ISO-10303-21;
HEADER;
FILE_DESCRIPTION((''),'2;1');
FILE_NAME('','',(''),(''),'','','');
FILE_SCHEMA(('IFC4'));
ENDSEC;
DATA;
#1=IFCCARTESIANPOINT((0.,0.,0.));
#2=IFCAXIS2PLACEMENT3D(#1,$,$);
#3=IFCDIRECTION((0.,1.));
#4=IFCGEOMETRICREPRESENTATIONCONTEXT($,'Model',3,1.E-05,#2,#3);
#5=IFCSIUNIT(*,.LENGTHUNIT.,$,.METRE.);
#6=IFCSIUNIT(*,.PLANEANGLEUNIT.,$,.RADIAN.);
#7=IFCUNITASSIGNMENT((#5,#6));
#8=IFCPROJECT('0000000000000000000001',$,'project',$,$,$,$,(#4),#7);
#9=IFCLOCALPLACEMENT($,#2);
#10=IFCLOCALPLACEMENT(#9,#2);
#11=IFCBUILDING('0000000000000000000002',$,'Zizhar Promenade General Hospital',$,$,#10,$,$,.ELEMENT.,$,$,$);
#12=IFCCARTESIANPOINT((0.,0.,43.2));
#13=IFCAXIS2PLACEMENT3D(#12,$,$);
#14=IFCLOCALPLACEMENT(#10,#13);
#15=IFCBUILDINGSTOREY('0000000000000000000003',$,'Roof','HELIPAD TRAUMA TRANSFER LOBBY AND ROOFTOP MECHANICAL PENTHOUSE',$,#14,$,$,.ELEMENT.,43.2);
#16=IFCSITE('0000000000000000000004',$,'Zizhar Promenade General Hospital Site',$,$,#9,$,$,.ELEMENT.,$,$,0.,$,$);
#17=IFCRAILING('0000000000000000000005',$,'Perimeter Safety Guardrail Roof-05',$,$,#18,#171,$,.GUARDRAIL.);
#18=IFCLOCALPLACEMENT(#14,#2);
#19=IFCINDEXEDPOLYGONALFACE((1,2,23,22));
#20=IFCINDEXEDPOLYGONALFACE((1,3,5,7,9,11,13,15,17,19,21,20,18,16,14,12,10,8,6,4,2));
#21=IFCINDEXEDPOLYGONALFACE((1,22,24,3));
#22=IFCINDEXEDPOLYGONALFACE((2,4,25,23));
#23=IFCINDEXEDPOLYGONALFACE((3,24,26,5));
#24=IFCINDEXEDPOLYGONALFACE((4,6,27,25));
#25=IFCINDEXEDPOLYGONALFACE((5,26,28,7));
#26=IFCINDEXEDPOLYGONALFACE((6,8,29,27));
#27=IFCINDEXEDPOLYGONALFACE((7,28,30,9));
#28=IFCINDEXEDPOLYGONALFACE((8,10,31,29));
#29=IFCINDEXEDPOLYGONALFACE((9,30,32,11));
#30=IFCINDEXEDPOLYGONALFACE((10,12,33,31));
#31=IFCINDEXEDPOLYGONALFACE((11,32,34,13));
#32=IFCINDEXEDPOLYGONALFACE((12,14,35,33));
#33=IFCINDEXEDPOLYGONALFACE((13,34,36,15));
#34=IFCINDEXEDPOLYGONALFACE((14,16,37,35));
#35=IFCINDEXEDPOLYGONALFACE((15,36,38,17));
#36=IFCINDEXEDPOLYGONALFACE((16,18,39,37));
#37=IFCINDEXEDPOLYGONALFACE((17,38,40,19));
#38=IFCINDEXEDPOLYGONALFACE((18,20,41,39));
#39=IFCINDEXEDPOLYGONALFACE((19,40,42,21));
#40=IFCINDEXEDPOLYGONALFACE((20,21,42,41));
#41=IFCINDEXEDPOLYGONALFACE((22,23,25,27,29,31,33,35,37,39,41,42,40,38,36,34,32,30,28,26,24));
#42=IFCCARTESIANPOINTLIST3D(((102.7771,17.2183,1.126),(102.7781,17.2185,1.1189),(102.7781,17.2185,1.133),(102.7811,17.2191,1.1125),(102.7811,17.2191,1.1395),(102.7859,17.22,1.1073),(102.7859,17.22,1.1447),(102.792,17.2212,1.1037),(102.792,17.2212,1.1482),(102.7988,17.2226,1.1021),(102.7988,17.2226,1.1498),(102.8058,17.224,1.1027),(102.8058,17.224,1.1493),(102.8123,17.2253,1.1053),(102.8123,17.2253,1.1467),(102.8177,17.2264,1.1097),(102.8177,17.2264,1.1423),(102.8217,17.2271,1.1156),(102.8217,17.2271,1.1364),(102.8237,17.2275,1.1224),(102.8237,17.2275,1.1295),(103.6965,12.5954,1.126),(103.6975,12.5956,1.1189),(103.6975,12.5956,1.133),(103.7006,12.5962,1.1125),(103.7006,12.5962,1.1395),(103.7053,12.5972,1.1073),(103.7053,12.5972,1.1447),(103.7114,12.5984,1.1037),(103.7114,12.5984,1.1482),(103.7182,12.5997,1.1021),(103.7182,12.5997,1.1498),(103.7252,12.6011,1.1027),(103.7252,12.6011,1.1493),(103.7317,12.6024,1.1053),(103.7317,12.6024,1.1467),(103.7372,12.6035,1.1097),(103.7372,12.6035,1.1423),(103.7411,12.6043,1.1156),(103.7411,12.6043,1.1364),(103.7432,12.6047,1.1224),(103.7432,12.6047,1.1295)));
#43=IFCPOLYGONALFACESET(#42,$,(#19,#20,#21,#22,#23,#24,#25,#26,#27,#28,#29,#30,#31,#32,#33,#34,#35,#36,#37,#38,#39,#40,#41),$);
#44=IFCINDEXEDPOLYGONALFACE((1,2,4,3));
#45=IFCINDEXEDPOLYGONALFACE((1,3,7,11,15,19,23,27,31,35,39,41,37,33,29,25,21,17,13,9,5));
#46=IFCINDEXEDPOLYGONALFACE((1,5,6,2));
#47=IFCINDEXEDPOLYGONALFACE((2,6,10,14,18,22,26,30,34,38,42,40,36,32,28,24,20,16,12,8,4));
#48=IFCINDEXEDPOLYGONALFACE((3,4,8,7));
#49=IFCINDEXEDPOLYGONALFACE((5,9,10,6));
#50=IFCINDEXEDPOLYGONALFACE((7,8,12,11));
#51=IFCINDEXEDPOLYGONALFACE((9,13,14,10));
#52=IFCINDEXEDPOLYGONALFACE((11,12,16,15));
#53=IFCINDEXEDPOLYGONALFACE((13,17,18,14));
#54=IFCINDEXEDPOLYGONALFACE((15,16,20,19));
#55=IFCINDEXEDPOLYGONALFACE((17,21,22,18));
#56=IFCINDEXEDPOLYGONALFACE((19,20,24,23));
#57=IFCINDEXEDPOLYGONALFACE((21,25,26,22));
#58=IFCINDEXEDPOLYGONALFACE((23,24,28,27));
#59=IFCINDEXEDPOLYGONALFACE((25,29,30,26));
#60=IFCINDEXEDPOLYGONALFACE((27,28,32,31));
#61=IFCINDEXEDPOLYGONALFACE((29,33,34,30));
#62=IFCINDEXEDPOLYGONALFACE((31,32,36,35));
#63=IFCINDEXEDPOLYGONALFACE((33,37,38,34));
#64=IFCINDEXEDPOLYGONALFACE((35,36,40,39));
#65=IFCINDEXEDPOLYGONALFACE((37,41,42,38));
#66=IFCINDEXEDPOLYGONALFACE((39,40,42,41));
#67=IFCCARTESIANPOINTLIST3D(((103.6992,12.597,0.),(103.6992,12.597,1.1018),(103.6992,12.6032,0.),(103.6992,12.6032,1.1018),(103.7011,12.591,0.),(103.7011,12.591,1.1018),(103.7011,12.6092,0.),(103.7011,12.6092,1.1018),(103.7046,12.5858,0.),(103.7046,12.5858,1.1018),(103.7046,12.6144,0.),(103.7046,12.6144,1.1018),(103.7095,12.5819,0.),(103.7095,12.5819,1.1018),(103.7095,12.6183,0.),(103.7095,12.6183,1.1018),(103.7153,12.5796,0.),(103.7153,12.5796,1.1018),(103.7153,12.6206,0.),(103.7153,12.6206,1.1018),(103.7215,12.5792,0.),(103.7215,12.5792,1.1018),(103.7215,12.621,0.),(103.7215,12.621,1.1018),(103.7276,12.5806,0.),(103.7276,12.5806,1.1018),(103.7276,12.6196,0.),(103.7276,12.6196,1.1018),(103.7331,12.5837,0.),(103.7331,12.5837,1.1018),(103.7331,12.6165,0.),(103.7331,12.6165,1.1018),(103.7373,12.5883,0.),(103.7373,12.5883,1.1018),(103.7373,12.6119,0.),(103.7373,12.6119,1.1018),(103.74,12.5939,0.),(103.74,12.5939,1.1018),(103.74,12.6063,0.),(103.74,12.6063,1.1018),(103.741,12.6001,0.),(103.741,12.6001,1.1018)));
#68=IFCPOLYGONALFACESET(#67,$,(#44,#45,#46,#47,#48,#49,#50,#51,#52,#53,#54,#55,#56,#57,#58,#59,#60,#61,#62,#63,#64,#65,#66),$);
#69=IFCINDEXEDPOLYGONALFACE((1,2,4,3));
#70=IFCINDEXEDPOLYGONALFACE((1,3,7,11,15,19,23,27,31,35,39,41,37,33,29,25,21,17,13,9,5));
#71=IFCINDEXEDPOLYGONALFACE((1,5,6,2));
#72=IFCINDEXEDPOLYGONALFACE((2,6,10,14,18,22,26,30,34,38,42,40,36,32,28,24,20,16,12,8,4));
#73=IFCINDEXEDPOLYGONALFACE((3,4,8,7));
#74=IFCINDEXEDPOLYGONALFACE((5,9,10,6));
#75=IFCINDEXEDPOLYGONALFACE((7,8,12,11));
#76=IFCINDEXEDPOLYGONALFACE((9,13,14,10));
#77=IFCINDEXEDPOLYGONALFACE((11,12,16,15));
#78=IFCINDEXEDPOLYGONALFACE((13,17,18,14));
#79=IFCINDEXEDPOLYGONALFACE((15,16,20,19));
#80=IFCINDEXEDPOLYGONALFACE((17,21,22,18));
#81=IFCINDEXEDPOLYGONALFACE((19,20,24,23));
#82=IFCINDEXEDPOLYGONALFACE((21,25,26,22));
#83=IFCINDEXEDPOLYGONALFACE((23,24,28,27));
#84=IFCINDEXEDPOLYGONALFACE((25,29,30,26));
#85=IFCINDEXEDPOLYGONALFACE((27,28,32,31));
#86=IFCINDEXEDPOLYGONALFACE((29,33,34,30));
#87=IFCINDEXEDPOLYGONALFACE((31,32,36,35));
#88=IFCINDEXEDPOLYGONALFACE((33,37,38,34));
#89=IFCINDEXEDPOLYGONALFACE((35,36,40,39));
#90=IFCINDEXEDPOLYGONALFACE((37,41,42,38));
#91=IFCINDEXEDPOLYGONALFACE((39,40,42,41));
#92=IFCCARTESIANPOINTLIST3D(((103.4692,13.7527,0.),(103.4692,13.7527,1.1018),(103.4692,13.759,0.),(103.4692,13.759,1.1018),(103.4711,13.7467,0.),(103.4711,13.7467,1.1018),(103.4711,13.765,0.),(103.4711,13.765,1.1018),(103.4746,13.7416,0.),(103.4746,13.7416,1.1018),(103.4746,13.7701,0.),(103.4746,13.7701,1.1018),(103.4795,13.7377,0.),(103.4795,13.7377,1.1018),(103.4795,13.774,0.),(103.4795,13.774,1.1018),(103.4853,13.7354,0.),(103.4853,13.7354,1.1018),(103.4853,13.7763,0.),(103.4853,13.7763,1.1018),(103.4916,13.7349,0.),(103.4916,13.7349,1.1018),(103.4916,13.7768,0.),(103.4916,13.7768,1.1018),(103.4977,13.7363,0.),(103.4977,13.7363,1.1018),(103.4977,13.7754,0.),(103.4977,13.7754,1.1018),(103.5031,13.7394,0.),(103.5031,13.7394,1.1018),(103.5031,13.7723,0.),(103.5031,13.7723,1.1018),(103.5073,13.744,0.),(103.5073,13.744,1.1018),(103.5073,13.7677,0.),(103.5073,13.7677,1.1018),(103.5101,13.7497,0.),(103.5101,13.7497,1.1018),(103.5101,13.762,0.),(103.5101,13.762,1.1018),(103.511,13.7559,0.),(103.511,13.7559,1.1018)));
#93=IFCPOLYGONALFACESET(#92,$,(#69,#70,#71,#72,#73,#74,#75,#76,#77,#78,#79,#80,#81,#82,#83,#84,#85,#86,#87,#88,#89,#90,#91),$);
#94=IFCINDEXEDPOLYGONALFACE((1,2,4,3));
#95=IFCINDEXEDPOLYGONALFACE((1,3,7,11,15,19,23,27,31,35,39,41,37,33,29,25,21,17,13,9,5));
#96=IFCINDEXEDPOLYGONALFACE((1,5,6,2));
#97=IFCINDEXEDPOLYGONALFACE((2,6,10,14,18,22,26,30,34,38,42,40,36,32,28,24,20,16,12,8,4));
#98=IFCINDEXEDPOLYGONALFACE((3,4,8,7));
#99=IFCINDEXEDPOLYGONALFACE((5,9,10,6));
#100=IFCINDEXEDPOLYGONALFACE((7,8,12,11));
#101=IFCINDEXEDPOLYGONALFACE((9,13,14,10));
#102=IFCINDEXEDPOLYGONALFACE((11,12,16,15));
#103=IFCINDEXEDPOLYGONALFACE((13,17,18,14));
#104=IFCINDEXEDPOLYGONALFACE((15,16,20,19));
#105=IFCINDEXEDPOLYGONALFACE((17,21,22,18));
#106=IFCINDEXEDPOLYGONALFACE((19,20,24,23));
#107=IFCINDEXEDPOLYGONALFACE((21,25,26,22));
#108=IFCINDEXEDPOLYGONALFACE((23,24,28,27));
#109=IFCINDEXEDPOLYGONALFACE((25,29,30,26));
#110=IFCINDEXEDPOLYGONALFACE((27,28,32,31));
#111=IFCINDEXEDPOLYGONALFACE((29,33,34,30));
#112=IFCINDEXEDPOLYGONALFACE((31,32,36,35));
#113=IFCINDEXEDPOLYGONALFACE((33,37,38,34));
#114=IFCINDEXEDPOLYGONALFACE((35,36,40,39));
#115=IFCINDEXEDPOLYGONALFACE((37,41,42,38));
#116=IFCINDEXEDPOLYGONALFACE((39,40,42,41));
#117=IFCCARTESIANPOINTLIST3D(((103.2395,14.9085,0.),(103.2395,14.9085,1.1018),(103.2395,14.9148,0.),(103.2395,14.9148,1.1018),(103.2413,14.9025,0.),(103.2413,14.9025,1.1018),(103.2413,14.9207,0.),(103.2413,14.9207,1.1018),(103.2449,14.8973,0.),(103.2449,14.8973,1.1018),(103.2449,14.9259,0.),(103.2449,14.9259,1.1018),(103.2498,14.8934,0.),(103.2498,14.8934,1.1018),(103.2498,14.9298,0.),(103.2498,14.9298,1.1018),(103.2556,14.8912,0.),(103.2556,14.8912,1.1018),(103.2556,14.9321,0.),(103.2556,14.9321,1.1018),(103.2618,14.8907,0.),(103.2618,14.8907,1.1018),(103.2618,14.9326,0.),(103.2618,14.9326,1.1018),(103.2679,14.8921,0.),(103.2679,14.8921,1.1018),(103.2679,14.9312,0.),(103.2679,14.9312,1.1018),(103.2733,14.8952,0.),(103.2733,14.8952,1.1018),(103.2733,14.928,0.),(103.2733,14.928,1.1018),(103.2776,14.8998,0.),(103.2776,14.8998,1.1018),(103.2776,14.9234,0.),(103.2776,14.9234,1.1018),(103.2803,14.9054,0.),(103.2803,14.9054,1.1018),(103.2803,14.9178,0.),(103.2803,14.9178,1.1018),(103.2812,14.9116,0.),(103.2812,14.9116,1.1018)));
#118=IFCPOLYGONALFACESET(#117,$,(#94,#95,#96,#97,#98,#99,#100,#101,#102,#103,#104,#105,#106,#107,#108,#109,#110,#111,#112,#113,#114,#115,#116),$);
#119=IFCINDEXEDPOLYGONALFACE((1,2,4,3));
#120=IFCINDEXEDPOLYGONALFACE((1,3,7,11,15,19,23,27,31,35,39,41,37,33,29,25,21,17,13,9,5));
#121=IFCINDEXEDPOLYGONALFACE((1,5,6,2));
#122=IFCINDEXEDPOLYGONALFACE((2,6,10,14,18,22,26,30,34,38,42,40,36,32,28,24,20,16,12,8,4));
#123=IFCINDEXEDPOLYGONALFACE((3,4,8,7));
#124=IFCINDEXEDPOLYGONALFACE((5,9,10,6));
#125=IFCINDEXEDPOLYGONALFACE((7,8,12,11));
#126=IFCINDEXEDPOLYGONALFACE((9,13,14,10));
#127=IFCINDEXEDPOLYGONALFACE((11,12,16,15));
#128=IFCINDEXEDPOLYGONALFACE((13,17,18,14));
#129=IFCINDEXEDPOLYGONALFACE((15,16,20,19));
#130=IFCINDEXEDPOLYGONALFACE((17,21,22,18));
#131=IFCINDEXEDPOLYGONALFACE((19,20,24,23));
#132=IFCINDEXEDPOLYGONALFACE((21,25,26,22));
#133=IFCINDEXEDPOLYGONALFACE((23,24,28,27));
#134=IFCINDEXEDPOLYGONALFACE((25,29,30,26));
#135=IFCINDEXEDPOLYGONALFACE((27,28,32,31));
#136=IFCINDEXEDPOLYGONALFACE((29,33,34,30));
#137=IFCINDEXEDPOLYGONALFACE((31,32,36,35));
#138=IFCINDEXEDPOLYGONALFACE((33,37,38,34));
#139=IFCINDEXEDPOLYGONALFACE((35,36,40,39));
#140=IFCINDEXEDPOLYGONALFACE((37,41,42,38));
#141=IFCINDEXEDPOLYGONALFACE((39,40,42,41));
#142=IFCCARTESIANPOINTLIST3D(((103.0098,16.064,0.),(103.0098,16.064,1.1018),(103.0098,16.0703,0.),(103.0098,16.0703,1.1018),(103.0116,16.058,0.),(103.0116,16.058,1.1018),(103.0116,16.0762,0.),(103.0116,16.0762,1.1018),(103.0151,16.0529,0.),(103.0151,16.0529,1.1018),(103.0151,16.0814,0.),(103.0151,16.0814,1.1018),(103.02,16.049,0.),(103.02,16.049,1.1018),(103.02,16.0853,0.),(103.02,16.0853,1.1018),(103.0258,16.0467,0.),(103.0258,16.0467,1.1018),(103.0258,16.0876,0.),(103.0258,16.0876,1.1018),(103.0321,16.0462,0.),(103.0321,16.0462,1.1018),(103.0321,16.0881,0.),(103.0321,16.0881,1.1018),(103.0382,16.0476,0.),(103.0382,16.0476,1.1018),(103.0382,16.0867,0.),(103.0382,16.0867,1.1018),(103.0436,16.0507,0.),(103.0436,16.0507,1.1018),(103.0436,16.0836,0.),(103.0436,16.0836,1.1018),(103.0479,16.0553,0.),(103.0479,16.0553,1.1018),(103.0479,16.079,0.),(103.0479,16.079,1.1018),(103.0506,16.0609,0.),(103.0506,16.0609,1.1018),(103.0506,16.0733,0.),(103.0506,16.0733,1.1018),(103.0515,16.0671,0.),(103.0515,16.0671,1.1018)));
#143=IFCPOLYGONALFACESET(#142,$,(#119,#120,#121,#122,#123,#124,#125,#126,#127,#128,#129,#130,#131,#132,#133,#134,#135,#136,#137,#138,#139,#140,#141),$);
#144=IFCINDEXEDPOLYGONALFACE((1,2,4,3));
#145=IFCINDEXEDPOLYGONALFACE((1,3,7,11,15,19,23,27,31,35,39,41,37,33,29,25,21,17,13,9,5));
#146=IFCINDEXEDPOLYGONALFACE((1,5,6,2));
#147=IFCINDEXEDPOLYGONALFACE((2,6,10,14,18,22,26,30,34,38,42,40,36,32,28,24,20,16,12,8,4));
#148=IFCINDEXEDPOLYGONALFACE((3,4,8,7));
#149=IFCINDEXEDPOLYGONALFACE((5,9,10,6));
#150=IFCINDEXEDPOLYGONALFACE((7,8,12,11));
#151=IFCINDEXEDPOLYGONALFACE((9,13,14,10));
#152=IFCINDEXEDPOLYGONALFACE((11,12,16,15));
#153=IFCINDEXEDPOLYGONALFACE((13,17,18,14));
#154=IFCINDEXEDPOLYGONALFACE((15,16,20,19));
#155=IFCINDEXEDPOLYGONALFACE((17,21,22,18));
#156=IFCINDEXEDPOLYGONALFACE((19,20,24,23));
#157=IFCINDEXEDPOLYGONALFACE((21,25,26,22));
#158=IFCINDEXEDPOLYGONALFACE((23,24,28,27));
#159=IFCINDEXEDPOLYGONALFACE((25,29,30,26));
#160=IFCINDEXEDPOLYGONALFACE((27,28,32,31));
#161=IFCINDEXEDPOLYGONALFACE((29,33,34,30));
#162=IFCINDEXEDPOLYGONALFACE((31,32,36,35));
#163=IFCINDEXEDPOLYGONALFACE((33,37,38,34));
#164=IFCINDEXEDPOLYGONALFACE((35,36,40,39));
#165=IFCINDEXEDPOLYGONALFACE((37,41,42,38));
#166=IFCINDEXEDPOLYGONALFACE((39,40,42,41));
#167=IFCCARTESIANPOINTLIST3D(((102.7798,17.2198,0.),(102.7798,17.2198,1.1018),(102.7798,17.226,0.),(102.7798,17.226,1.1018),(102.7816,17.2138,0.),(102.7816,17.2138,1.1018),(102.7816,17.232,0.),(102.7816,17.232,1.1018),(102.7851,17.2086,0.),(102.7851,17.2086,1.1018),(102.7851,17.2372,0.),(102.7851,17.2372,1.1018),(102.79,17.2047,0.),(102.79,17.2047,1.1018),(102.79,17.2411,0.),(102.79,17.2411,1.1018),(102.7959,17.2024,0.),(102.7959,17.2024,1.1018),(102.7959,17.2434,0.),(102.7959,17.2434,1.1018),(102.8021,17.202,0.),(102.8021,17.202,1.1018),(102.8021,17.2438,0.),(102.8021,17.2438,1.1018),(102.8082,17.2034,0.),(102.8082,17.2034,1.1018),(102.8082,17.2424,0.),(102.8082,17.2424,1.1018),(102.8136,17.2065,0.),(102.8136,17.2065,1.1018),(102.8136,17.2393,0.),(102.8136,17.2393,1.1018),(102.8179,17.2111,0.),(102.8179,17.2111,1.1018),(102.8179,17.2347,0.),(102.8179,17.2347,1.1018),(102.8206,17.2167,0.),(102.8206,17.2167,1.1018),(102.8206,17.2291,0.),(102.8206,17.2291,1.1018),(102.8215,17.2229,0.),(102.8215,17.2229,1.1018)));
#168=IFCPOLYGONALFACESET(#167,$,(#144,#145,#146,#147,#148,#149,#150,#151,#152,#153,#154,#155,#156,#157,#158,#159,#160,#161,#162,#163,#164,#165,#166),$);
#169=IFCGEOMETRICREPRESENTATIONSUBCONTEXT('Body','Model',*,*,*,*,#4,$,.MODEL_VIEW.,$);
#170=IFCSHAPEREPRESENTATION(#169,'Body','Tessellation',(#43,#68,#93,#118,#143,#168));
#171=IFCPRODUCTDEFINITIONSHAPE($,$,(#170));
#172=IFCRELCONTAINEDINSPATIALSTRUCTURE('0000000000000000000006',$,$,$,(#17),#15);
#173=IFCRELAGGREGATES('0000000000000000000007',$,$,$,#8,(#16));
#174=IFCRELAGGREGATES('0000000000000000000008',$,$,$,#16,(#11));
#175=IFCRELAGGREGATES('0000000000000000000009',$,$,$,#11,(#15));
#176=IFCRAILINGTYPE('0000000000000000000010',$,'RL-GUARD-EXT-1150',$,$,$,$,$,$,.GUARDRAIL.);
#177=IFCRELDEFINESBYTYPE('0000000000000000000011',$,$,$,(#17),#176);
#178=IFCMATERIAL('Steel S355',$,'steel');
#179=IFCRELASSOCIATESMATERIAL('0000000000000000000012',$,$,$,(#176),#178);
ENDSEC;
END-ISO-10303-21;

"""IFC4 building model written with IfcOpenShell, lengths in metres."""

from ifc_helpers import new_model, si_unit, direction, frame, origin, origin_2d, place, context, subcontext, project, spatial, hollow_rectangle, circle, extrude, material, material_profile, profile_set, type_object, element, save


model = new_model("IFC4")

# Units and contexts
model_context = context("Model", 3, precision=1e-05, world=origin(), true_north=direction((0.0, 1.0)))
body_context = subcontext(model_context, "Body", "Model", "MODEL_VIEW")
ifc_project = project(units=[si_unit("LENGTHUNIT", "METRE"), si_unit("PLANEANGLEUNIT", "RADIAN")], contexts=[model_context])

# Site, building, storey
site_placement = place(None, origin())
site = spatial("IfcSite", under=ifc_project, at=site_placement, Name="Zizhar Promenade General Hospital Site", CompositionType="ELEMENT", RefElevation=0.0)
building_placement = place(site_placement, origin())
building = spatial("IfcBuilding", under=site, at=building_placement, Name="Zizhar Promenade General Hospital", CompositionType="ELEMENT")
storey_placement = place(building_placement, frame((0.0, 0.0, 43.2)))
storey = spatial("IfcBuildingStorey", under=building, at=storey_placement, Name="Roof", Description="HELIPAD TRAUMA TRANSFER LOBBY AND ROOFTOP MECHANICAL PENTHOUSE", CompositionType="ELEMENT", Elevation=43.2)

# Railing
ifc_material_1 = material(Name="Steel S355", Category="steel")
ifc_material_profile_1 = material_profile(ifc_material_1, hollow_rectangle(XDim=0.0601, YDim=0.1201, WallThickness=0.0039, at=origin_2d()))
ifc_profile_set_1 = profile_set([ifc_material_profile_1], Name="Steel S355")
railing_type_1 = type_object("IfcRailingType", Name="RL-GUARD-EXT-1150", PredefinedType="GUARDRAIL", material=ifc_profile_set_1)
railing_1_placement = place(storey_placement, frame((103.72, 12.6001, 0.0)))
element("IfcRailing", 1, at=railing_1_placement, inside=storey, type_object=railing_type_1, Name="Perimeter Safety Guardrail Roof-05", PredefinedType="GUARDRAIL", context=body_context, shape_type="SweptSolid", body=[
    extrude(circle(Radius=0.0239, at=origin_2d()), frame((0.0, 0.0, 1.126), z_axis=(-0.19507, 0.980789, 0.0), x_axis=(-0.980789, -0.19507, 0.0)), (0.0, 0.0, 1.0), 4.7134),
    extrude(circle(Radius=0.021, at=origin_2d()), origin(), (0.0, 0.0, 1.0), 1.1018),
    extrude(circle(Radius=0.021, at=origin_2d()), frame((-0.23, 1.1558, 0.0)), (0.0, 0.0, 1.0), 1.1018),
    extrude(circle(Radius=0.021, at=origin_2d()), frame((-0.4597, 2.3115, 0.0)), (0.0, 0.0, 1.0), 1.1018),
    extrude(circle(Radius=0.021, at=origin_2d()), frame((-0.6895, 3.467, 0.0)), (0.0, 0.0, 1.0), 1.1018),
    extrude(circle(Radius=0.021, at=origin_2d()), frame((-0.9194, 4.6228, 0.0)), (0.0, 0.0, 1.0), 1.1018),
])

save(model, "model.ifc")
